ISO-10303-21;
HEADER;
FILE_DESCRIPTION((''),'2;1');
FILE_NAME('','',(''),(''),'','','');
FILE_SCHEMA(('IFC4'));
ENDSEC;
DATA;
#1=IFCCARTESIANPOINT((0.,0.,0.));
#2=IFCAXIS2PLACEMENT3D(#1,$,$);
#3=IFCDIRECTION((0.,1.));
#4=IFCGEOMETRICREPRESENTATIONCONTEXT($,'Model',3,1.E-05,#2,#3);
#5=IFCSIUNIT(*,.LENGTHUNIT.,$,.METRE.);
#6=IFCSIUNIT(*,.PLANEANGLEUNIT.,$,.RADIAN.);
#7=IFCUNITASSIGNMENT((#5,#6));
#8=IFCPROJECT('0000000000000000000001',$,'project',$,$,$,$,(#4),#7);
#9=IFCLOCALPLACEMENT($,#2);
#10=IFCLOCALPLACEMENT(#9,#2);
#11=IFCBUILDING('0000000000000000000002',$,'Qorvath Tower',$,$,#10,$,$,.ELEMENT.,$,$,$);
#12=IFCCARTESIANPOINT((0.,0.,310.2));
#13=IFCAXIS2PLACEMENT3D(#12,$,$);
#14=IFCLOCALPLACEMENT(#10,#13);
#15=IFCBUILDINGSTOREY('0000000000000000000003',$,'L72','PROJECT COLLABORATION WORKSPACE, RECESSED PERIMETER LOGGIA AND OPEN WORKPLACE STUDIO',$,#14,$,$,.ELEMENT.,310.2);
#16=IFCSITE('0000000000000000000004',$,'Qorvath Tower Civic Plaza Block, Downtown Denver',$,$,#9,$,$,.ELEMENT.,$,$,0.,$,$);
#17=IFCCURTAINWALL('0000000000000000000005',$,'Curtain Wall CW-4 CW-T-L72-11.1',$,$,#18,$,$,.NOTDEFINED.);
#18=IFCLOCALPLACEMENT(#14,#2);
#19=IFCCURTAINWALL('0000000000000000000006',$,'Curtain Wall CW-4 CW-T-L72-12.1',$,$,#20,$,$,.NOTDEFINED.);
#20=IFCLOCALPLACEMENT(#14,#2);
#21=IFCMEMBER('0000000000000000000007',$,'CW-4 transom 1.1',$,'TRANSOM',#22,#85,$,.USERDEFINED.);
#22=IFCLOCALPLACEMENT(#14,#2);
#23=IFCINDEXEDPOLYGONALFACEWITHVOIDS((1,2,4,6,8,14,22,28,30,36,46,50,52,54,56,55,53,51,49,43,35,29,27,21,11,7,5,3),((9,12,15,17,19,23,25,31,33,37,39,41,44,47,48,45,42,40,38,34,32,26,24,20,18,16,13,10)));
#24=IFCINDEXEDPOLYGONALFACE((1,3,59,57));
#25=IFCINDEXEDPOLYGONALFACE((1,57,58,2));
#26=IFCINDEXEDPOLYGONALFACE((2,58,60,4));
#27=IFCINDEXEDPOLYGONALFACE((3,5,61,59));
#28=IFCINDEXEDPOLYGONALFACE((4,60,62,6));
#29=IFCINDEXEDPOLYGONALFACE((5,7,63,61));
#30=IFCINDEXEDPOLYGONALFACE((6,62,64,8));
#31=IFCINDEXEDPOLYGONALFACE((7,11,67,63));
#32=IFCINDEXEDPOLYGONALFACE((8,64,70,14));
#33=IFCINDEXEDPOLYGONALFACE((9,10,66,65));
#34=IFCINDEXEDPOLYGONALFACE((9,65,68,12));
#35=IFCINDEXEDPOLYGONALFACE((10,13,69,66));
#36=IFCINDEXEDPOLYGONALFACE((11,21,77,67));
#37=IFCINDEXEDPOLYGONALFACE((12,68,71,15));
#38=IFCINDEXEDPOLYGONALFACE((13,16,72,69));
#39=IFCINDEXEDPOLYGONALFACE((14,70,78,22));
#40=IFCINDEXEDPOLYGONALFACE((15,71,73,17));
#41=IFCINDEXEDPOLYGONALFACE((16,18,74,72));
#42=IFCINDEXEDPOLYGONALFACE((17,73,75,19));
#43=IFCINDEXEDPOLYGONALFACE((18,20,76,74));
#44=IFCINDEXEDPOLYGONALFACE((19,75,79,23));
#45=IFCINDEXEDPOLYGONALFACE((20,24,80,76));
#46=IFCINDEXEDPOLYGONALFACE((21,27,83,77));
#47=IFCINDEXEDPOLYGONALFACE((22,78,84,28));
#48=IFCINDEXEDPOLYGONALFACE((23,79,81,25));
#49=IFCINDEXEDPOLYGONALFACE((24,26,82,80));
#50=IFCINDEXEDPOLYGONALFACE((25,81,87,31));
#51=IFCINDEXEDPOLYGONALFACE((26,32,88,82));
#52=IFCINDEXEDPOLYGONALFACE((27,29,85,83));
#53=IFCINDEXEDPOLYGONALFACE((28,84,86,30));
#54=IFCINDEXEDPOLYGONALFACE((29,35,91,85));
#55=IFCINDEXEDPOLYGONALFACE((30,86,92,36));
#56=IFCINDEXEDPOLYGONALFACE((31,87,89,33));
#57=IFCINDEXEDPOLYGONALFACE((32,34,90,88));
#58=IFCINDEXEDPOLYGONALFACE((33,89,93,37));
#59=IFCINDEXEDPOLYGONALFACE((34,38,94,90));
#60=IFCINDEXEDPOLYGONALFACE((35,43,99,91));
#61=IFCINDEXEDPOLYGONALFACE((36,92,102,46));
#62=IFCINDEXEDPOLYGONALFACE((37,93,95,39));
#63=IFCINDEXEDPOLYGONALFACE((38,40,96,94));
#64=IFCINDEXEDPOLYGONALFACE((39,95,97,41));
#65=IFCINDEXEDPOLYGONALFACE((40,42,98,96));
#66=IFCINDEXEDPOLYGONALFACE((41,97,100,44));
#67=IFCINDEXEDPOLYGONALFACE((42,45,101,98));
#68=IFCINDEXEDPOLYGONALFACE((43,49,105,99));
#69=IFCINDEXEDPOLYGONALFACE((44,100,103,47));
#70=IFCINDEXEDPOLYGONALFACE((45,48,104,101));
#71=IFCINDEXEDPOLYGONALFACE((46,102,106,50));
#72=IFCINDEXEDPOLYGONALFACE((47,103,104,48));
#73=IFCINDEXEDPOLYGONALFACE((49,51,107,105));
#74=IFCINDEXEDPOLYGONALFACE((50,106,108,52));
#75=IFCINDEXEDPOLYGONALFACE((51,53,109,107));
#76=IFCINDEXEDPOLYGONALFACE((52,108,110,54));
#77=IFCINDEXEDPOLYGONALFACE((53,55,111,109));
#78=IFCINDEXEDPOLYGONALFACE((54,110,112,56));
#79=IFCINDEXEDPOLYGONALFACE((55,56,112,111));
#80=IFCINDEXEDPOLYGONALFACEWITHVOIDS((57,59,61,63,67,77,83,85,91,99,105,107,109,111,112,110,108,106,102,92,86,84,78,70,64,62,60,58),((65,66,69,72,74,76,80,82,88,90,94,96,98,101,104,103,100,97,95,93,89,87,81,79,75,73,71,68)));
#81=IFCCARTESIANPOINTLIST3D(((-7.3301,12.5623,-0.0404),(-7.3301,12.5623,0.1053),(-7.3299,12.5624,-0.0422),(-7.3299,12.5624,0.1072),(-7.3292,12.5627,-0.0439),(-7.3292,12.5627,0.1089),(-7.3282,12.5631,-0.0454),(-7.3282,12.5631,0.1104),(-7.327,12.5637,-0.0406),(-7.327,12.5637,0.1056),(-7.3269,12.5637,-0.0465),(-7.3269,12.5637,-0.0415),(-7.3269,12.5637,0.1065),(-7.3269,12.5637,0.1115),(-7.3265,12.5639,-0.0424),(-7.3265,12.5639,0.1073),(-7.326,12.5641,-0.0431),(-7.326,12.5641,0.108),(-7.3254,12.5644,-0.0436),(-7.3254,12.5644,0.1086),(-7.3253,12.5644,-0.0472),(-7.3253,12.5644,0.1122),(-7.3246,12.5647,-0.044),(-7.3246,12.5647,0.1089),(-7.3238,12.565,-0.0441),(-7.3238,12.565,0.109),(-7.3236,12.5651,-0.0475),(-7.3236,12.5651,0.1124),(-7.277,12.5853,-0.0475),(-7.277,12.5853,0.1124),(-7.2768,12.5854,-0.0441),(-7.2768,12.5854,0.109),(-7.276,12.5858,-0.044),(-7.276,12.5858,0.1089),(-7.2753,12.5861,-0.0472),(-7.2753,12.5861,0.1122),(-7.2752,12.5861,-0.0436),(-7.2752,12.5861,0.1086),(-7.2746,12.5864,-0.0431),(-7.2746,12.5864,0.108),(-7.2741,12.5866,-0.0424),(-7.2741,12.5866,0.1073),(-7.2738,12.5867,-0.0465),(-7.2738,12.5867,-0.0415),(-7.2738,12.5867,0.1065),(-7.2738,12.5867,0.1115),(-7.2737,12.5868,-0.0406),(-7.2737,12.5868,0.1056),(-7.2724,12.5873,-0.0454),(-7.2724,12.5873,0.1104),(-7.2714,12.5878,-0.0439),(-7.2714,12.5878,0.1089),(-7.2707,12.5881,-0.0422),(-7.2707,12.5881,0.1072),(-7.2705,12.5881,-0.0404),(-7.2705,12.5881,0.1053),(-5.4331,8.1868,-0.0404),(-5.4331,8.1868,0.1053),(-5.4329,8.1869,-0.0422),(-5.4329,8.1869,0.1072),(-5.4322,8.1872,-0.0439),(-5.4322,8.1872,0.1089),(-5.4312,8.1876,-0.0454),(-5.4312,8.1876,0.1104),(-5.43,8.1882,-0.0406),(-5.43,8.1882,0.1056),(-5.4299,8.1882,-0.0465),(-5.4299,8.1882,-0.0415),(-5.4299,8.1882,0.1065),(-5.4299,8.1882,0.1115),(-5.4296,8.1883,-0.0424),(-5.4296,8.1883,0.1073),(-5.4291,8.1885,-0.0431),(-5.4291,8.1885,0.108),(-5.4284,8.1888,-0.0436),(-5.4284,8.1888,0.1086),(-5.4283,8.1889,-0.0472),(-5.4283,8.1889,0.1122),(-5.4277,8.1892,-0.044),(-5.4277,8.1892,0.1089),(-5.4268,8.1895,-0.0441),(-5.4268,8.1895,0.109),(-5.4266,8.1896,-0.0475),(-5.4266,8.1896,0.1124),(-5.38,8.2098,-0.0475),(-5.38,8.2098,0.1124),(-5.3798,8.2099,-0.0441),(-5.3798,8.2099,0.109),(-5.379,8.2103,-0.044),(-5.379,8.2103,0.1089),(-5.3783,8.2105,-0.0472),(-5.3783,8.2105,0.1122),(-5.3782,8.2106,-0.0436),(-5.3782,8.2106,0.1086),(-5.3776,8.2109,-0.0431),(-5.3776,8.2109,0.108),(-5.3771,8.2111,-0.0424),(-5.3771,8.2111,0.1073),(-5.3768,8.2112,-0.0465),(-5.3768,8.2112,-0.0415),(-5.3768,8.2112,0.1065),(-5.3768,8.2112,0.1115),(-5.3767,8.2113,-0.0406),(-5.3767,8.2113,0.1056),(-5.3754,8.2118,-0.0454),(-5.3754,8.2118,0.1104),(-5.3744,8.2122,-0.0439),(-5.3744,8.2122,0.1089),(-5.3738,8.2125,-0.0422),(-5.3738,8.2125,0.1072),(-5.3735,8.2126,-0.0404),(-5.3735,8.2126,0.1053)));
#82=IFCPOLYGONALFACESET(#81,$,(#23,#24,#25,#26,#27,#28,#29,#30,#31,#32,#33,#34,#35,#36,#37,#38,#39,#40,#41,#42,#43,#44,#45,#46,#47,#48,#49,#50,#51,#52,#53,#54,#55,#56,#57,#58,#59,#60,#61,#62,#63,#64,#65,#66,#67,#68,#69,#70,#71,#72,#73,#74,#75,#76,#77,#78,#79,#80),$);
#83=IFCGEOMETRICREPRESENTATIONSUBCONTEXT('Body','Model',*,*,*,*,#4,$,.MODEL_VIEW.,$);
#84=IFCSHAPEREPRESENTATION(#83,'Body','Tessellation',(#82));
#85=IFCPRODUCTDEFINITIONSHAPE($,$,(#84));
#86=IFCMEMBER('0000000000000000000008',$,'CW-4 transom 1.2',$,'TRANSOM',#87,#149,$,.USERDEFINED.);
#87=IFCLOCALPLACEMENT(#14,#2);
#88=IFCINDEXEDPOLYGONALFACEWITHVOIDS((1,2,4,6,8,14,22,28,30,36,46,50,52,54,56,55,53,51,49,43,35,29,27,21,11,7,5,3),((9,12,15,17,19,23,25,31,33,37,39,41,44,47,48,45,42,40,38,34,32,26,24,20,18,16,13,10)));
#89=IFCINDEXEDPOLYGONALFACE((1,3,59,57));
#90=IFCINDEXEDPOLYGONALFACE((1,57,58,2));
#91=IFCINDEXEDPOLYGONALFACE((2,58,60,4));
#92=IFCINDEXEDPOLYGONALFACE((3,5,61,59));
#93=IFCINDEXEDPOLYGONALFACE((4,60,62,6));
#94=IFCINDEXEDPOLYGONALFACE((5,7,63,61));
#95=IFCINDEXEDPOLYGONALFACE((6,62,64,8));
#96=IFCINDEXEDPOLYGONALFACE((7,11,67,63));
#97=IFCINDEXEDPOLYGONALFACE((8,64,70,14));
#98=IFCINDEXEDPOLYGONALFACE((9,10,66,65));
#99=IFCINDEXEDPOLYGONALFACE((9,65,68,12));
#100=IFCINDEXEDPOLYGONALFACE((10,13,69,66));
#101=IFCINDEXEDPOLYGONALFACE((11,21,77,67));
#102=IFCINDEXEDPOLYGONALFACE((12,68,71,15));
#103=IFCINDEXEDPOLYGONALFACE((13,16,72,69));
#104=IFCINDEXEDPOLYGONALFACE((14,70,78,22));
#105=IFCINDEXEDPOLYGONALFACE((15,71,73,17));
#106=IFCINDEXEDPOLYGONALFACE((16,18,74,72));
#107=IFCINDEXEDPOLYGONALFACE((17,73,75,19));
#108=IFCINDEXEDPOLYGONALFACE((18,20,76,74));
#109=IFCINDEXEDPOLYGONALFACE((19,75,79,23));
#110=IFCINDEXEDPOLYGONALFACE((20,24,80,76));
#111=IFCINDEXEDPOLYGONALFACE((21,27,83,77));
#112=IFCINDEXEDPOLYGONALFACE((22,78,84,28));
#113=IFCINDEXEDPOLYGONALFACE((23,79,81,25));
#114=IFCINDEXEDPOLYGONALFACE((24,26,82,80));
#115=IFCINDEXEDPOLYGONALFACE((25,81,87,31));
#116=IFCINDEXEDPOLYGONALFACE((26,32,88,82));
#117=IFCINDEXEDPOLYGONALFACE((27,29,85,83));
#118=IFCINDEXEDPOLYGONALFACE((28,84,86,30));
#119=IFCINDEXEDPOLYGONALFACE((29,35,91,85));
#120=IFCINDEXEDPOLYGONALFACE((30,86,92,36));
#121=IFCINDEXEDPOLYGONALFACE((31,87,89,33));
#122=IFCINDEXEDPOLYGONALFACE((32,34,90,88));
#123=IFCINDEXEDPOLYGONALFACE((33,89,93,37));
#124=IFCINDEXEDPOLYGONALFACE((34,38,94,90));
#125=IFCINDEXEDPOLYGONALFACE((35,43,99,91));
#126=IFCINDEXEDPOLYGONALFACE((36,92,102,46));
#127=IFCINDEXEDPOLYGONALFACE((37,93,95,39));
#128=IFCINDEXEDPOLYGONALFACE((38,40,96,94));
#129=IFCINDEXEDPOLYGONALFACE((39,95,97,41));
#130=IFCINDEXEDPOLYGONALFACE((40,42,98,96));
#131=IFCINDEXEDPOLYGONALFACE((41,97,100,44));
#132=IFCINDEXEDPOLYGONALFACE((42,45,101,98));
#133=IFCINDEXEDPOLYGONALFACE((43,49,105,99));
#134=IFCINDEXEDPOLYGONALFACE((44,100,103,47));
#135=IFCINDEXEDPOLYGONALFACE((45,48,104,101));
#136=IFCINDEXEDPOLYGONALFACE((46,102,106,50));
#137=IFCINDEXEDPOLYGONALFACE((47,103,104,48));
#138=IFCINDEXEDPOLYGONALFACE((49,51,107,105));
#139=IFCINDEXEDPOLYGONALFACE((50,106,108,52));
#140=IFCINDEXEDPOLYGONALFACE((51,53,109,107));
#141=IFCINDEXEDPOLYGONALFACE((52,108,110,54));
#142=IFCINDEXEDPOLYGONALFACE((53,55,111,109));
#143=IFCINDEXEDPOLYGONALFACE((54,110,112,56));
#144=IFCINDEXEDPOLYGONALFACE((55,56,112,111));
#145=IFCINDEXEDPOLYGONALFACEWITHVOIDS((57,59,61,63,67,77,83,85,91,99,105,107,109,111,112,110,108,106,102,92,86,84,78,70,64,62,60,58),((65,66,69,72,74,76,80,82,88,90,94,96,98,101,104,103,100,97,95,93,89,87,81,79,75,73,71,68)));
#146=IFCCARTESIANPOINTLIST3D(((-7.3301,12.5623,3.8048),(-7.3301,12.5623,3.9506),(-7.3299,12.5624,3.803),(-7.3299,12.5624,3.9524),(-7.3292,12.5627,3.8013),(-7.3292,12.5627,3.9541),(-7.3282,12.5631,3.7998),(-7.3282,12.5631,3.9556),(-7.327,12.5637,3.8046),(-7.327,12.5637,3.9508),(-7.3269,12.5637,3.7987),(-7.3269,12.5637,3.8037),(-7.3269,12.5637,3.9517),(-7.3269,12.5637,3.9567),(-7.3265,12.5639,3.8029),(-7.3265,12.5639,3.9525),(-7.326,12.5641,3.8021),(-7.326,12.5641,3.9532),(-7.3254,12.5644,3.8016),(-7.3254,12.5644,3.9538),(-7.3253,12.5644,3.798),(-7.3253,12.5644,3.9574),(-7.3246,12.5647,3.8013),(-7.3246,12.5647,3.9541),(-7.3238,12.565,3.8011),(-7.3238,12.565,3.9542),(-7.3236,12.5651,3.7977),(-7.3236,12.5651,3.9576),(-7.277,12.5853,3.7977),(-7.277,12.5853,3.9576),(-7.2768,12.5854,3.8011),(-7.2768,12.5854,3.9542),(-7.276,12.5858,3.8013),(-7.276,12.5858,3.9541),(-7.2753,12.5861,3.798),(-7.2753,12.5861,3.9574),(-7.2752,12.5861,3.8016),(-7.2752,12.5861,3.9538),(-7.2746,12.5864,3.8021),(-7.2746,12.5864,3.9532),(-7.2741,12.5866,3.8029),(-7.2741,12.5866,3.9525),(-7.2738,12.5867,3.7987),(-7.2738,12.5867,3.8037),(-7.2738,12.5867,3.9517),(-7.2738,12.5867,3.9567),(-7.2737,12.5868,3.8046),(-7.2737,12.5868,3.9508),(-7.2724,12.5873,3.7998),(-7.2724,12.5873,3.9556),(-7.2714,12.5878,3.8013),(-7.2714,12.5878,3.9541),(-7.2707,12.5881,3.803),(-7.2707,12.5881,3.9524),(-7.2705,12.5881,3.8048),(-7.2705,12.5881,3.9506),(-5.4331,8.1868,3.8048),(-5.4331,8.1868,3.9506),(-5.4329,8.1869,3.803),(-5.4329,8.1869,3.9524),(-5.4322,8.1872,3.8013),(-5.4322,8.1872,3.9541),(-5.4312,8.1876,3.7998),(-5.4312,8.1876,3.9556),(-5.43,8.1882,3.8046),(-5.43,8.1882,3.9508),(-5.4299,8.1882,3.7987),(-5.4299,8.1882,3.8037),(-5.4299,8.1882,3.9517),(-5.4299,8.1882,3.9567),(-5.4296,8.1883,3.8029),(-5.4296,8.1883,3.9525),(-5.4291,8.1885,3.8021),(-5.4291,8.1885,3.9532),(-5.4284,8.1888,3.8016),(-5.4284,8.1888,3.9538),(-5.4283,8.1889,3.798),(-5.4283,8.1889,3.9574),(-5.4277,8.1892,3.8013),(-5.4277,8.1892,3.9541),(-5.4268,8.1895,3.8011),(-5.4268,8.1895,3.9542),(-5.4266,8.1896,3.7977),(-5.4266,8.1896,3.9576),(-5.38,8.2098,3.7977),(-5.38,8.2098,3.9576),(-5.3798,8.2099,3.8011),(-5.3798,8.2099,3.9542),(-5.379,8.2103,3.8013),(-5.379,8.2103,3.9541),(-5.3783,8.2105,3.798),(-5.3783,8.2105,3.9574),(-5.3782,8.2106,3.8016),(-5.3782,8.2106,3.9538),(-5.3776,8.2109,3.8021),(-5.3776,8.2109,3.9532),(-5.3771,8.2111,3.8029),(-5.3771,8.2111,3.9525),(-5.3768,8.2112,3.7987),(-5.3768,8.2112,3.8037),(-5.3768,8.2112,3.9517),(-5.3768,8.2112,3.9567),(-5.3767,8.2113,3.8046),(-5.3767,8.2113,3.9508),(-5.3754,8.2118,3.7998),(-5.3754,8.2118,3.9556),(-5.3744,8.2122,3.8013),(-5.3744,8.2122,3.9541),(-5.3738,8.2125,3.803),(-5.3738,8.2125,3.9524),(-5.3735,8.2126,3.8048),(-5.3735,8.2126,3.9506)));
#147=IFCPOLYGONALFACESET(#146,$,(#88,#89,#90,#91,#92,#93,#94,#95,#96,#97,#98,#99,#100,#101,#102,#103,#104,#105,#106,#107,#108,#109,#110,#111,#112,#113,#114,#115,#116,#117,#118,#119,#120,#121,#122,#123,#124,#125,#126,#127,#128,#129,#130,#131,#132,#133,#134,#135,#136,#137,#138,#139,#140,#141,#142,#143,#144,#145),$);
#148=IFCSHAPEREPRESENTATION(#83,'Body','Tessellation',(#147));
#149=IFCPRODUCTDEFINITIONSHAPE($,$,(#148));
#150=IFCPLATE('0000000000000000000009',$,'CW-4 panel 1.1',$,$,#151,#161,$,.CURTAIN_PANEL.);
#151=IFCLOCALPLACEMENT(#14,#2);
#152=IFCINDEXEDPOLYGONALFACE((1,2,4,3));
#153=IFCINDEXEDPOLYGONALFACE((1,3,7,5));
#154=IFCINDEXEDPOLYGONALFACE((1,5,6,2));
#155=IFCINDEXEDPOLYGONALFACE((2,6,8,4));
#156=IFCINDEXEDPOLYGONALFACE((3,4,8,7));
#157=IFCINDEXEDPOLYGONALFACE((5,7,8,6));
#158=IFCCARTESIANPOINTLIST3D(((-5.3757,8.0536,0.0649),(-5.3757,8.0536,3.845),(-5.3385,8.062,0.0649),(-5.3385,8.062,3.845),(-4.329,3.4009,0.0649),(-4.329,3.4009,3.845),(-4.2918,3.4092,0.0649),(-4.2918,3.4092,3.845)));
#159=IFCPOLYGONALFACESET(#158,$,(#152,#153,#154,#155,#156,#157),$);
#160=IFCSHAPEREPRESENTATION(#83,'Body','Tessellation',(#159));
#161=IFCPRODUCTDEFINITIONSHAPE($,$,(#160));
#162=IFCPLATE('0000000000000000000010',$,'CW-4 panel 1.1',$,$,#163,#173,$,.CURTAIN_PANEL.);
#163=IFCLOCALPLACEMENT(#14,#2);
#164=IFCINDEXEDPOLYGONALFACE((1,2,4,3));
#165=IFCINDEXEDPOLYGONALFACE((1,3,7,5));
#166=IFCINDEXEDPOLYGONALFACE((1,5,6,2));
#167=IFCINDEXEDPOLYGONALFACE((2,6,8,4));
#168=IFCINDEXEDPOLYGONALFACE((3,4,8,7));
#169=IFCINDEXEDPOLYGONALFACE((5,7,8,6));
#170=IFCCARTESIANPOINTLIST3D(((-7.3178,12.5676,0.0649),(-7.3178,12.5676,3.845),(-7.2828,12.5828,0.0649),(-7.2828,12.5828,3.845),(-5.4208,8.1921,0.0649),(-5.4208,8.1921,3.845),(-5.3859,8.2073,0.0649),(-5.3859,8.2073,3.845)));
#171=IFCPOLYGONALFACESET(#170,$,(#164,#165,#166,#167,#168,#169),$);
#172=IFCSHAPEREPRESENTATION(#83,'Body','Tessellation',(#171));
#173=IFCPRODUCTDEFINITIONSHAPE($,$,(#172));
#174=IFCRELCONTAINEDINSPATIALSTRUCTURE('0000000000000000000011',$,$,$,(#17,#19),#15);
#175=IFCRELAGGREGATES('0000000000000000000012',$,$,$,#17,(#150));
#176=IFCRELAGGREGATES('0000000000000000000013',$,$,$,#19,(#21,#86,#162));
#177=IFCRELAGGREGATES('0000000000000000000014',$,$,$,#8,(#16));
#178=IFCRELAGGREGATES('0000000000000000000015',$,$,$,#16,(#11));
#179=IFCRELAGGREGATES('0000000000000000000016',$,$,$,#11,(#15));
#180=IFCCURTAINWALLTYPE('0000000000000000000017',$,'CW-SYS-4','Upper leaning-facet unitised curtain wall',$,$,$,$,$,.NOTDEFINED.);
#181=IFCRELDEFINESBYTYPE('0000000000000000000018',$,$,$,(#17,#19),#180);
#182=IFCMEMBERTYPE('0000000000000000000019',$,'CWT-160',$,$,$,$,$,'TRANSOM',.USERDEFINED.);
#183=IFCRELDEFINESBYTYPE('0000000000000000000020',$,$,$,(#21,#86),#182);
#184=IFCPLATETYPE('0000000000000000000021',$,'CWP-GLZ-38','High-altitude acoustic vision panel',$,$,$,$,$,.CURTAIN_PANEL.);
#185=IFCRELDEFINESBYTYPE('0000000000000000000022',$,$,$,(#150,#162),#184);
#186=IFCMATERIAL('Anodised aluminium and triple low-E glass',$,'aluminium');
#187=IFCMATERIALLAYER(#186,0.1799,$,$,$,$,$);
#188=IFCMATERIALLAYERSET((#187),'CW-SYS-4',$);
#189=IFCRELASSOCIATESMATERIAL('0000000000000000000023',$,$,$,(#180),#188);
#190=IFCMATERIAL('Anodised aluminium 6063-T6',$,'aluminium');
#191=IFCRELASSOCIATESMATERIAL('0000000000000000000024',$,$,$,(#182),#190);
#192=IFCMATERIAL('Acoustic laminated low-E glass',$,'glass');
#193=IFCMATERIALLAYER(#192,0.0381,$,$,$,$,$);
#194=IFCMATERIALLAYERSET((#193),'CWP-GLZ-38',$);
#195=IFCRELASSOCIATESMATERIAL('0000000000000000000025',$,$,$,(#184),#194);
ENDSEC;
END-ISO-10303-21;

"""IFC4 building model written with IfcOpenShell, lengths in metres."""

from ifc_helpers import new_model, si_unit, direction, frame, origin, origin_2d, place, context, subcontext, project, spatial, rectangle, hollow_rectangle, extrude, material, layer, layer_set, material_profile, profile_set, type_object, element, aggregate, save


model = new_model("IFC4")

# Units and contexts
model_context = context("Model", 3, precision=1e-05, world=origin(), true_north=direction((0.0, 1.0)))
body_context = subcontext(model_context, "Body", "Model", "MODEL_VIEW")
ifc_project = project(units=[si_unit("LENGTHUNIT", "METRE"), si_unit("PLANEANGLEUNIT", "RADIAN")], contexts=[model_context])

# Site, building, storey
site_placement = place(None, origin())
site = spatial("IfcSite", under=ifc_project, at=site_placement, Name="Qorvath Tower Civic Plaza Block, Downtown Denver", CompositionType="ELEMENT", RefElevation=0.0)
building_placement = place(site_placement, origin())
building = spatial("IfcBuilding", under=site, at=building_placement, Name="Qorvath Tower", CompositionType="ELEMENT")
storey_placement = place(building_placement, frame((0.0, 0.0, 310.2)))
storey = spatial("IfcBuildingStorey", under=building, at=storey_placement, Name="L72", Description="PROJECT COLLABORATION WORKSPACE, RECESSED PERIMETER LOGGIA AND OPEN WORKPLACE STUDIO", CompositionType="ELEMENT", Elevation=310.2)

# Curtain wall
ifc_material_1 = material(Name="Anodised aluminium and triple low-E glass", Category="aluminium")
ifc_layer_1 = layer(ifc_material_1, 0.1799)
ifc_layer_set_1 = layer_set([ifc_layer_1], Name="CW-SYS-4")
curtain_wall_type = type_object("IfcCurtainWallType", Name="CW-SYS-4", Description="Upper leaning-facet unitised curtain wall", PredefinedType="NOTDEFINED", material=ifc_layer_set_1)
curtain_wall_1_placement = place(storey_placement, origin())
curtain_wall_1 = element("IfcCurtainWall", 1, at=curtain_wall_1_placement, inside=storey, type_object=curtain_wall_type, Name="Curtain Wall CW-4 CW-T-L72-11.1", PredefinedType="NOTDEFINED")

# Curtain wall
curtain_wall_2_placement = place(storey_placement, origin())
curtain_wall_2 = element("IfcCurtainWall", 2, at=curtain_wall_2_placement, inside=storey, type_object=curtain_wall_type, Name="Curtain Wall CW-4 CW-T-L72-12.1", PredefinedType="NOTDEFINED")

# Members
ifc_material_2 = material(Name="Anodised aluminium 6063-T6", Category="aluminium")
ifc_material_profile_1 = material_profile(ifc_material_2, hollow_rectangle(XDim=0.0649, YDim=0.1599, WallThickness=0.0034, InnerFilletRadius=0.0034, OuterFilletRadius=0.0071, at=origin_2d()), Name="CWT 160x65")
ifc_profile_set_1 = profile_set([ifc_material_profile_1], Name="Anodised aluminium 6063-T6")
member_type_1 = type_object("IfcMemberType", Name="CWT-160", ElementType="TRANSOM", PredefinedType="USERDEFINED", material=ifc_profile_set_1)
member_1_placement = place(storey_placement, frame((-5.4033, 8.1997, 0.0325), z_axis=(-0.397771, 0.917485, 0.0), x_axis=(-0.917485, -0.397771, 0.0)))
member_1 = element("IfcMember", 3, at=member_1_placement, type_object=member_type_1, Name="CW-4 transom 1.1", ObjectType="TRANSOM", PredefinedType="USERDEFINED", context=body_context, shape_type="SweptSolid", body=[
    extrude(hollow_rectangle(XDim=0.0649, YDim=0.1599, WallThickness=0.0034, InnerFilletRadius=0.0034, OuterFilletRadius=0.0071, at=origin_2d()), origin(), (0.0, 0.0, 1.0), 4.769),
])
member_2_placement = place(storey_placement, frame((-5.4033, 8.1997, 3.8777), z_axis=(-0.397771, 0.917485, 0.0), x_axis=(-0.917485, -0.397771, 0.0)))
member_2 = element("IfcMember", 4, at=member_2_placement, type_object=member_type_1, Name="CW-4 transom 1.2", ObjectType="TRANSOM", PredefinedType="USERDEFINED", context=body_context, shape_type="SweptSolid", body=[
    extrude(hollow_rectangle(XDim=0.0649, YDim=0.1599, WallThickness=0.0034, InnerFilletRadius=0.0034, OuterFilletRadius=0.0071, at=origin_2d()), origin(), (0.0, 0.0, 1.0), 4.769),
])

# Plates
ifc_material_3 = material(Name="Acoustic laminated low-E glass", Category="glass")
ifc_layer_2 = layer(ifc_material_3, 0.0381)
ifc_layer_set_2 = layer_set([ifc_layer_2], Name="CWP-GLZ-38")
plate_type = type_object("IfcPlateType", Name="CWP-GLZ-38", Description="High-altitude acoustic vision panel", PredefinedType="CURTAIN_PANEL", material=ifc_layer_set_2)
plate_1_placement = place(storey_placement, frame((-4.8337, 5.7314, 0.0649), z_axis=(0.0, 0.0, 1.0), x_axis=(-0.219474, 0.975618, 0.0)))
plate_1 = element("IfcPlate", 5, at=plate_1_placement, type_object=plate_type, Name="CW-4 panel 1.1", PredefinedType="CURTAIN_PANEL", context=body_context, shape_type="SweptSolid", body=[
    extrude(rectangle(XDim=4.769, YDim=0.0381, at=origin_2d()), origin(), (0.0, 0.0, 1.0), 3.78),
])
aggregate(curtain_wall_1, [plate_1])
plate_2_placement = place(storey_placement, frame((-6.3518, 10.3875, 0.0649), z_axis=(0.0, 0.0, 1.0), x_axis=(-0.397765, 0.917487, 0.0)))
plate_2 = element("IfcPlate", 6, at=plate_2_placement, type_object=plate_type, Name="CW-4 panel 1.1", PredefinedType="CURTAIN_PANEL", context=body_context, shape_type="SweptSolid", body=[
    extrude(rectangle(XDim=4.769, YDim=0.0381, at=origin_2d()), origin(), (0.0, 0.0, 1.0), 3.78),
])
aggregate(curtain_wall_2, [member_1, member_2, plate_2])

save(model, "model.ifc")
